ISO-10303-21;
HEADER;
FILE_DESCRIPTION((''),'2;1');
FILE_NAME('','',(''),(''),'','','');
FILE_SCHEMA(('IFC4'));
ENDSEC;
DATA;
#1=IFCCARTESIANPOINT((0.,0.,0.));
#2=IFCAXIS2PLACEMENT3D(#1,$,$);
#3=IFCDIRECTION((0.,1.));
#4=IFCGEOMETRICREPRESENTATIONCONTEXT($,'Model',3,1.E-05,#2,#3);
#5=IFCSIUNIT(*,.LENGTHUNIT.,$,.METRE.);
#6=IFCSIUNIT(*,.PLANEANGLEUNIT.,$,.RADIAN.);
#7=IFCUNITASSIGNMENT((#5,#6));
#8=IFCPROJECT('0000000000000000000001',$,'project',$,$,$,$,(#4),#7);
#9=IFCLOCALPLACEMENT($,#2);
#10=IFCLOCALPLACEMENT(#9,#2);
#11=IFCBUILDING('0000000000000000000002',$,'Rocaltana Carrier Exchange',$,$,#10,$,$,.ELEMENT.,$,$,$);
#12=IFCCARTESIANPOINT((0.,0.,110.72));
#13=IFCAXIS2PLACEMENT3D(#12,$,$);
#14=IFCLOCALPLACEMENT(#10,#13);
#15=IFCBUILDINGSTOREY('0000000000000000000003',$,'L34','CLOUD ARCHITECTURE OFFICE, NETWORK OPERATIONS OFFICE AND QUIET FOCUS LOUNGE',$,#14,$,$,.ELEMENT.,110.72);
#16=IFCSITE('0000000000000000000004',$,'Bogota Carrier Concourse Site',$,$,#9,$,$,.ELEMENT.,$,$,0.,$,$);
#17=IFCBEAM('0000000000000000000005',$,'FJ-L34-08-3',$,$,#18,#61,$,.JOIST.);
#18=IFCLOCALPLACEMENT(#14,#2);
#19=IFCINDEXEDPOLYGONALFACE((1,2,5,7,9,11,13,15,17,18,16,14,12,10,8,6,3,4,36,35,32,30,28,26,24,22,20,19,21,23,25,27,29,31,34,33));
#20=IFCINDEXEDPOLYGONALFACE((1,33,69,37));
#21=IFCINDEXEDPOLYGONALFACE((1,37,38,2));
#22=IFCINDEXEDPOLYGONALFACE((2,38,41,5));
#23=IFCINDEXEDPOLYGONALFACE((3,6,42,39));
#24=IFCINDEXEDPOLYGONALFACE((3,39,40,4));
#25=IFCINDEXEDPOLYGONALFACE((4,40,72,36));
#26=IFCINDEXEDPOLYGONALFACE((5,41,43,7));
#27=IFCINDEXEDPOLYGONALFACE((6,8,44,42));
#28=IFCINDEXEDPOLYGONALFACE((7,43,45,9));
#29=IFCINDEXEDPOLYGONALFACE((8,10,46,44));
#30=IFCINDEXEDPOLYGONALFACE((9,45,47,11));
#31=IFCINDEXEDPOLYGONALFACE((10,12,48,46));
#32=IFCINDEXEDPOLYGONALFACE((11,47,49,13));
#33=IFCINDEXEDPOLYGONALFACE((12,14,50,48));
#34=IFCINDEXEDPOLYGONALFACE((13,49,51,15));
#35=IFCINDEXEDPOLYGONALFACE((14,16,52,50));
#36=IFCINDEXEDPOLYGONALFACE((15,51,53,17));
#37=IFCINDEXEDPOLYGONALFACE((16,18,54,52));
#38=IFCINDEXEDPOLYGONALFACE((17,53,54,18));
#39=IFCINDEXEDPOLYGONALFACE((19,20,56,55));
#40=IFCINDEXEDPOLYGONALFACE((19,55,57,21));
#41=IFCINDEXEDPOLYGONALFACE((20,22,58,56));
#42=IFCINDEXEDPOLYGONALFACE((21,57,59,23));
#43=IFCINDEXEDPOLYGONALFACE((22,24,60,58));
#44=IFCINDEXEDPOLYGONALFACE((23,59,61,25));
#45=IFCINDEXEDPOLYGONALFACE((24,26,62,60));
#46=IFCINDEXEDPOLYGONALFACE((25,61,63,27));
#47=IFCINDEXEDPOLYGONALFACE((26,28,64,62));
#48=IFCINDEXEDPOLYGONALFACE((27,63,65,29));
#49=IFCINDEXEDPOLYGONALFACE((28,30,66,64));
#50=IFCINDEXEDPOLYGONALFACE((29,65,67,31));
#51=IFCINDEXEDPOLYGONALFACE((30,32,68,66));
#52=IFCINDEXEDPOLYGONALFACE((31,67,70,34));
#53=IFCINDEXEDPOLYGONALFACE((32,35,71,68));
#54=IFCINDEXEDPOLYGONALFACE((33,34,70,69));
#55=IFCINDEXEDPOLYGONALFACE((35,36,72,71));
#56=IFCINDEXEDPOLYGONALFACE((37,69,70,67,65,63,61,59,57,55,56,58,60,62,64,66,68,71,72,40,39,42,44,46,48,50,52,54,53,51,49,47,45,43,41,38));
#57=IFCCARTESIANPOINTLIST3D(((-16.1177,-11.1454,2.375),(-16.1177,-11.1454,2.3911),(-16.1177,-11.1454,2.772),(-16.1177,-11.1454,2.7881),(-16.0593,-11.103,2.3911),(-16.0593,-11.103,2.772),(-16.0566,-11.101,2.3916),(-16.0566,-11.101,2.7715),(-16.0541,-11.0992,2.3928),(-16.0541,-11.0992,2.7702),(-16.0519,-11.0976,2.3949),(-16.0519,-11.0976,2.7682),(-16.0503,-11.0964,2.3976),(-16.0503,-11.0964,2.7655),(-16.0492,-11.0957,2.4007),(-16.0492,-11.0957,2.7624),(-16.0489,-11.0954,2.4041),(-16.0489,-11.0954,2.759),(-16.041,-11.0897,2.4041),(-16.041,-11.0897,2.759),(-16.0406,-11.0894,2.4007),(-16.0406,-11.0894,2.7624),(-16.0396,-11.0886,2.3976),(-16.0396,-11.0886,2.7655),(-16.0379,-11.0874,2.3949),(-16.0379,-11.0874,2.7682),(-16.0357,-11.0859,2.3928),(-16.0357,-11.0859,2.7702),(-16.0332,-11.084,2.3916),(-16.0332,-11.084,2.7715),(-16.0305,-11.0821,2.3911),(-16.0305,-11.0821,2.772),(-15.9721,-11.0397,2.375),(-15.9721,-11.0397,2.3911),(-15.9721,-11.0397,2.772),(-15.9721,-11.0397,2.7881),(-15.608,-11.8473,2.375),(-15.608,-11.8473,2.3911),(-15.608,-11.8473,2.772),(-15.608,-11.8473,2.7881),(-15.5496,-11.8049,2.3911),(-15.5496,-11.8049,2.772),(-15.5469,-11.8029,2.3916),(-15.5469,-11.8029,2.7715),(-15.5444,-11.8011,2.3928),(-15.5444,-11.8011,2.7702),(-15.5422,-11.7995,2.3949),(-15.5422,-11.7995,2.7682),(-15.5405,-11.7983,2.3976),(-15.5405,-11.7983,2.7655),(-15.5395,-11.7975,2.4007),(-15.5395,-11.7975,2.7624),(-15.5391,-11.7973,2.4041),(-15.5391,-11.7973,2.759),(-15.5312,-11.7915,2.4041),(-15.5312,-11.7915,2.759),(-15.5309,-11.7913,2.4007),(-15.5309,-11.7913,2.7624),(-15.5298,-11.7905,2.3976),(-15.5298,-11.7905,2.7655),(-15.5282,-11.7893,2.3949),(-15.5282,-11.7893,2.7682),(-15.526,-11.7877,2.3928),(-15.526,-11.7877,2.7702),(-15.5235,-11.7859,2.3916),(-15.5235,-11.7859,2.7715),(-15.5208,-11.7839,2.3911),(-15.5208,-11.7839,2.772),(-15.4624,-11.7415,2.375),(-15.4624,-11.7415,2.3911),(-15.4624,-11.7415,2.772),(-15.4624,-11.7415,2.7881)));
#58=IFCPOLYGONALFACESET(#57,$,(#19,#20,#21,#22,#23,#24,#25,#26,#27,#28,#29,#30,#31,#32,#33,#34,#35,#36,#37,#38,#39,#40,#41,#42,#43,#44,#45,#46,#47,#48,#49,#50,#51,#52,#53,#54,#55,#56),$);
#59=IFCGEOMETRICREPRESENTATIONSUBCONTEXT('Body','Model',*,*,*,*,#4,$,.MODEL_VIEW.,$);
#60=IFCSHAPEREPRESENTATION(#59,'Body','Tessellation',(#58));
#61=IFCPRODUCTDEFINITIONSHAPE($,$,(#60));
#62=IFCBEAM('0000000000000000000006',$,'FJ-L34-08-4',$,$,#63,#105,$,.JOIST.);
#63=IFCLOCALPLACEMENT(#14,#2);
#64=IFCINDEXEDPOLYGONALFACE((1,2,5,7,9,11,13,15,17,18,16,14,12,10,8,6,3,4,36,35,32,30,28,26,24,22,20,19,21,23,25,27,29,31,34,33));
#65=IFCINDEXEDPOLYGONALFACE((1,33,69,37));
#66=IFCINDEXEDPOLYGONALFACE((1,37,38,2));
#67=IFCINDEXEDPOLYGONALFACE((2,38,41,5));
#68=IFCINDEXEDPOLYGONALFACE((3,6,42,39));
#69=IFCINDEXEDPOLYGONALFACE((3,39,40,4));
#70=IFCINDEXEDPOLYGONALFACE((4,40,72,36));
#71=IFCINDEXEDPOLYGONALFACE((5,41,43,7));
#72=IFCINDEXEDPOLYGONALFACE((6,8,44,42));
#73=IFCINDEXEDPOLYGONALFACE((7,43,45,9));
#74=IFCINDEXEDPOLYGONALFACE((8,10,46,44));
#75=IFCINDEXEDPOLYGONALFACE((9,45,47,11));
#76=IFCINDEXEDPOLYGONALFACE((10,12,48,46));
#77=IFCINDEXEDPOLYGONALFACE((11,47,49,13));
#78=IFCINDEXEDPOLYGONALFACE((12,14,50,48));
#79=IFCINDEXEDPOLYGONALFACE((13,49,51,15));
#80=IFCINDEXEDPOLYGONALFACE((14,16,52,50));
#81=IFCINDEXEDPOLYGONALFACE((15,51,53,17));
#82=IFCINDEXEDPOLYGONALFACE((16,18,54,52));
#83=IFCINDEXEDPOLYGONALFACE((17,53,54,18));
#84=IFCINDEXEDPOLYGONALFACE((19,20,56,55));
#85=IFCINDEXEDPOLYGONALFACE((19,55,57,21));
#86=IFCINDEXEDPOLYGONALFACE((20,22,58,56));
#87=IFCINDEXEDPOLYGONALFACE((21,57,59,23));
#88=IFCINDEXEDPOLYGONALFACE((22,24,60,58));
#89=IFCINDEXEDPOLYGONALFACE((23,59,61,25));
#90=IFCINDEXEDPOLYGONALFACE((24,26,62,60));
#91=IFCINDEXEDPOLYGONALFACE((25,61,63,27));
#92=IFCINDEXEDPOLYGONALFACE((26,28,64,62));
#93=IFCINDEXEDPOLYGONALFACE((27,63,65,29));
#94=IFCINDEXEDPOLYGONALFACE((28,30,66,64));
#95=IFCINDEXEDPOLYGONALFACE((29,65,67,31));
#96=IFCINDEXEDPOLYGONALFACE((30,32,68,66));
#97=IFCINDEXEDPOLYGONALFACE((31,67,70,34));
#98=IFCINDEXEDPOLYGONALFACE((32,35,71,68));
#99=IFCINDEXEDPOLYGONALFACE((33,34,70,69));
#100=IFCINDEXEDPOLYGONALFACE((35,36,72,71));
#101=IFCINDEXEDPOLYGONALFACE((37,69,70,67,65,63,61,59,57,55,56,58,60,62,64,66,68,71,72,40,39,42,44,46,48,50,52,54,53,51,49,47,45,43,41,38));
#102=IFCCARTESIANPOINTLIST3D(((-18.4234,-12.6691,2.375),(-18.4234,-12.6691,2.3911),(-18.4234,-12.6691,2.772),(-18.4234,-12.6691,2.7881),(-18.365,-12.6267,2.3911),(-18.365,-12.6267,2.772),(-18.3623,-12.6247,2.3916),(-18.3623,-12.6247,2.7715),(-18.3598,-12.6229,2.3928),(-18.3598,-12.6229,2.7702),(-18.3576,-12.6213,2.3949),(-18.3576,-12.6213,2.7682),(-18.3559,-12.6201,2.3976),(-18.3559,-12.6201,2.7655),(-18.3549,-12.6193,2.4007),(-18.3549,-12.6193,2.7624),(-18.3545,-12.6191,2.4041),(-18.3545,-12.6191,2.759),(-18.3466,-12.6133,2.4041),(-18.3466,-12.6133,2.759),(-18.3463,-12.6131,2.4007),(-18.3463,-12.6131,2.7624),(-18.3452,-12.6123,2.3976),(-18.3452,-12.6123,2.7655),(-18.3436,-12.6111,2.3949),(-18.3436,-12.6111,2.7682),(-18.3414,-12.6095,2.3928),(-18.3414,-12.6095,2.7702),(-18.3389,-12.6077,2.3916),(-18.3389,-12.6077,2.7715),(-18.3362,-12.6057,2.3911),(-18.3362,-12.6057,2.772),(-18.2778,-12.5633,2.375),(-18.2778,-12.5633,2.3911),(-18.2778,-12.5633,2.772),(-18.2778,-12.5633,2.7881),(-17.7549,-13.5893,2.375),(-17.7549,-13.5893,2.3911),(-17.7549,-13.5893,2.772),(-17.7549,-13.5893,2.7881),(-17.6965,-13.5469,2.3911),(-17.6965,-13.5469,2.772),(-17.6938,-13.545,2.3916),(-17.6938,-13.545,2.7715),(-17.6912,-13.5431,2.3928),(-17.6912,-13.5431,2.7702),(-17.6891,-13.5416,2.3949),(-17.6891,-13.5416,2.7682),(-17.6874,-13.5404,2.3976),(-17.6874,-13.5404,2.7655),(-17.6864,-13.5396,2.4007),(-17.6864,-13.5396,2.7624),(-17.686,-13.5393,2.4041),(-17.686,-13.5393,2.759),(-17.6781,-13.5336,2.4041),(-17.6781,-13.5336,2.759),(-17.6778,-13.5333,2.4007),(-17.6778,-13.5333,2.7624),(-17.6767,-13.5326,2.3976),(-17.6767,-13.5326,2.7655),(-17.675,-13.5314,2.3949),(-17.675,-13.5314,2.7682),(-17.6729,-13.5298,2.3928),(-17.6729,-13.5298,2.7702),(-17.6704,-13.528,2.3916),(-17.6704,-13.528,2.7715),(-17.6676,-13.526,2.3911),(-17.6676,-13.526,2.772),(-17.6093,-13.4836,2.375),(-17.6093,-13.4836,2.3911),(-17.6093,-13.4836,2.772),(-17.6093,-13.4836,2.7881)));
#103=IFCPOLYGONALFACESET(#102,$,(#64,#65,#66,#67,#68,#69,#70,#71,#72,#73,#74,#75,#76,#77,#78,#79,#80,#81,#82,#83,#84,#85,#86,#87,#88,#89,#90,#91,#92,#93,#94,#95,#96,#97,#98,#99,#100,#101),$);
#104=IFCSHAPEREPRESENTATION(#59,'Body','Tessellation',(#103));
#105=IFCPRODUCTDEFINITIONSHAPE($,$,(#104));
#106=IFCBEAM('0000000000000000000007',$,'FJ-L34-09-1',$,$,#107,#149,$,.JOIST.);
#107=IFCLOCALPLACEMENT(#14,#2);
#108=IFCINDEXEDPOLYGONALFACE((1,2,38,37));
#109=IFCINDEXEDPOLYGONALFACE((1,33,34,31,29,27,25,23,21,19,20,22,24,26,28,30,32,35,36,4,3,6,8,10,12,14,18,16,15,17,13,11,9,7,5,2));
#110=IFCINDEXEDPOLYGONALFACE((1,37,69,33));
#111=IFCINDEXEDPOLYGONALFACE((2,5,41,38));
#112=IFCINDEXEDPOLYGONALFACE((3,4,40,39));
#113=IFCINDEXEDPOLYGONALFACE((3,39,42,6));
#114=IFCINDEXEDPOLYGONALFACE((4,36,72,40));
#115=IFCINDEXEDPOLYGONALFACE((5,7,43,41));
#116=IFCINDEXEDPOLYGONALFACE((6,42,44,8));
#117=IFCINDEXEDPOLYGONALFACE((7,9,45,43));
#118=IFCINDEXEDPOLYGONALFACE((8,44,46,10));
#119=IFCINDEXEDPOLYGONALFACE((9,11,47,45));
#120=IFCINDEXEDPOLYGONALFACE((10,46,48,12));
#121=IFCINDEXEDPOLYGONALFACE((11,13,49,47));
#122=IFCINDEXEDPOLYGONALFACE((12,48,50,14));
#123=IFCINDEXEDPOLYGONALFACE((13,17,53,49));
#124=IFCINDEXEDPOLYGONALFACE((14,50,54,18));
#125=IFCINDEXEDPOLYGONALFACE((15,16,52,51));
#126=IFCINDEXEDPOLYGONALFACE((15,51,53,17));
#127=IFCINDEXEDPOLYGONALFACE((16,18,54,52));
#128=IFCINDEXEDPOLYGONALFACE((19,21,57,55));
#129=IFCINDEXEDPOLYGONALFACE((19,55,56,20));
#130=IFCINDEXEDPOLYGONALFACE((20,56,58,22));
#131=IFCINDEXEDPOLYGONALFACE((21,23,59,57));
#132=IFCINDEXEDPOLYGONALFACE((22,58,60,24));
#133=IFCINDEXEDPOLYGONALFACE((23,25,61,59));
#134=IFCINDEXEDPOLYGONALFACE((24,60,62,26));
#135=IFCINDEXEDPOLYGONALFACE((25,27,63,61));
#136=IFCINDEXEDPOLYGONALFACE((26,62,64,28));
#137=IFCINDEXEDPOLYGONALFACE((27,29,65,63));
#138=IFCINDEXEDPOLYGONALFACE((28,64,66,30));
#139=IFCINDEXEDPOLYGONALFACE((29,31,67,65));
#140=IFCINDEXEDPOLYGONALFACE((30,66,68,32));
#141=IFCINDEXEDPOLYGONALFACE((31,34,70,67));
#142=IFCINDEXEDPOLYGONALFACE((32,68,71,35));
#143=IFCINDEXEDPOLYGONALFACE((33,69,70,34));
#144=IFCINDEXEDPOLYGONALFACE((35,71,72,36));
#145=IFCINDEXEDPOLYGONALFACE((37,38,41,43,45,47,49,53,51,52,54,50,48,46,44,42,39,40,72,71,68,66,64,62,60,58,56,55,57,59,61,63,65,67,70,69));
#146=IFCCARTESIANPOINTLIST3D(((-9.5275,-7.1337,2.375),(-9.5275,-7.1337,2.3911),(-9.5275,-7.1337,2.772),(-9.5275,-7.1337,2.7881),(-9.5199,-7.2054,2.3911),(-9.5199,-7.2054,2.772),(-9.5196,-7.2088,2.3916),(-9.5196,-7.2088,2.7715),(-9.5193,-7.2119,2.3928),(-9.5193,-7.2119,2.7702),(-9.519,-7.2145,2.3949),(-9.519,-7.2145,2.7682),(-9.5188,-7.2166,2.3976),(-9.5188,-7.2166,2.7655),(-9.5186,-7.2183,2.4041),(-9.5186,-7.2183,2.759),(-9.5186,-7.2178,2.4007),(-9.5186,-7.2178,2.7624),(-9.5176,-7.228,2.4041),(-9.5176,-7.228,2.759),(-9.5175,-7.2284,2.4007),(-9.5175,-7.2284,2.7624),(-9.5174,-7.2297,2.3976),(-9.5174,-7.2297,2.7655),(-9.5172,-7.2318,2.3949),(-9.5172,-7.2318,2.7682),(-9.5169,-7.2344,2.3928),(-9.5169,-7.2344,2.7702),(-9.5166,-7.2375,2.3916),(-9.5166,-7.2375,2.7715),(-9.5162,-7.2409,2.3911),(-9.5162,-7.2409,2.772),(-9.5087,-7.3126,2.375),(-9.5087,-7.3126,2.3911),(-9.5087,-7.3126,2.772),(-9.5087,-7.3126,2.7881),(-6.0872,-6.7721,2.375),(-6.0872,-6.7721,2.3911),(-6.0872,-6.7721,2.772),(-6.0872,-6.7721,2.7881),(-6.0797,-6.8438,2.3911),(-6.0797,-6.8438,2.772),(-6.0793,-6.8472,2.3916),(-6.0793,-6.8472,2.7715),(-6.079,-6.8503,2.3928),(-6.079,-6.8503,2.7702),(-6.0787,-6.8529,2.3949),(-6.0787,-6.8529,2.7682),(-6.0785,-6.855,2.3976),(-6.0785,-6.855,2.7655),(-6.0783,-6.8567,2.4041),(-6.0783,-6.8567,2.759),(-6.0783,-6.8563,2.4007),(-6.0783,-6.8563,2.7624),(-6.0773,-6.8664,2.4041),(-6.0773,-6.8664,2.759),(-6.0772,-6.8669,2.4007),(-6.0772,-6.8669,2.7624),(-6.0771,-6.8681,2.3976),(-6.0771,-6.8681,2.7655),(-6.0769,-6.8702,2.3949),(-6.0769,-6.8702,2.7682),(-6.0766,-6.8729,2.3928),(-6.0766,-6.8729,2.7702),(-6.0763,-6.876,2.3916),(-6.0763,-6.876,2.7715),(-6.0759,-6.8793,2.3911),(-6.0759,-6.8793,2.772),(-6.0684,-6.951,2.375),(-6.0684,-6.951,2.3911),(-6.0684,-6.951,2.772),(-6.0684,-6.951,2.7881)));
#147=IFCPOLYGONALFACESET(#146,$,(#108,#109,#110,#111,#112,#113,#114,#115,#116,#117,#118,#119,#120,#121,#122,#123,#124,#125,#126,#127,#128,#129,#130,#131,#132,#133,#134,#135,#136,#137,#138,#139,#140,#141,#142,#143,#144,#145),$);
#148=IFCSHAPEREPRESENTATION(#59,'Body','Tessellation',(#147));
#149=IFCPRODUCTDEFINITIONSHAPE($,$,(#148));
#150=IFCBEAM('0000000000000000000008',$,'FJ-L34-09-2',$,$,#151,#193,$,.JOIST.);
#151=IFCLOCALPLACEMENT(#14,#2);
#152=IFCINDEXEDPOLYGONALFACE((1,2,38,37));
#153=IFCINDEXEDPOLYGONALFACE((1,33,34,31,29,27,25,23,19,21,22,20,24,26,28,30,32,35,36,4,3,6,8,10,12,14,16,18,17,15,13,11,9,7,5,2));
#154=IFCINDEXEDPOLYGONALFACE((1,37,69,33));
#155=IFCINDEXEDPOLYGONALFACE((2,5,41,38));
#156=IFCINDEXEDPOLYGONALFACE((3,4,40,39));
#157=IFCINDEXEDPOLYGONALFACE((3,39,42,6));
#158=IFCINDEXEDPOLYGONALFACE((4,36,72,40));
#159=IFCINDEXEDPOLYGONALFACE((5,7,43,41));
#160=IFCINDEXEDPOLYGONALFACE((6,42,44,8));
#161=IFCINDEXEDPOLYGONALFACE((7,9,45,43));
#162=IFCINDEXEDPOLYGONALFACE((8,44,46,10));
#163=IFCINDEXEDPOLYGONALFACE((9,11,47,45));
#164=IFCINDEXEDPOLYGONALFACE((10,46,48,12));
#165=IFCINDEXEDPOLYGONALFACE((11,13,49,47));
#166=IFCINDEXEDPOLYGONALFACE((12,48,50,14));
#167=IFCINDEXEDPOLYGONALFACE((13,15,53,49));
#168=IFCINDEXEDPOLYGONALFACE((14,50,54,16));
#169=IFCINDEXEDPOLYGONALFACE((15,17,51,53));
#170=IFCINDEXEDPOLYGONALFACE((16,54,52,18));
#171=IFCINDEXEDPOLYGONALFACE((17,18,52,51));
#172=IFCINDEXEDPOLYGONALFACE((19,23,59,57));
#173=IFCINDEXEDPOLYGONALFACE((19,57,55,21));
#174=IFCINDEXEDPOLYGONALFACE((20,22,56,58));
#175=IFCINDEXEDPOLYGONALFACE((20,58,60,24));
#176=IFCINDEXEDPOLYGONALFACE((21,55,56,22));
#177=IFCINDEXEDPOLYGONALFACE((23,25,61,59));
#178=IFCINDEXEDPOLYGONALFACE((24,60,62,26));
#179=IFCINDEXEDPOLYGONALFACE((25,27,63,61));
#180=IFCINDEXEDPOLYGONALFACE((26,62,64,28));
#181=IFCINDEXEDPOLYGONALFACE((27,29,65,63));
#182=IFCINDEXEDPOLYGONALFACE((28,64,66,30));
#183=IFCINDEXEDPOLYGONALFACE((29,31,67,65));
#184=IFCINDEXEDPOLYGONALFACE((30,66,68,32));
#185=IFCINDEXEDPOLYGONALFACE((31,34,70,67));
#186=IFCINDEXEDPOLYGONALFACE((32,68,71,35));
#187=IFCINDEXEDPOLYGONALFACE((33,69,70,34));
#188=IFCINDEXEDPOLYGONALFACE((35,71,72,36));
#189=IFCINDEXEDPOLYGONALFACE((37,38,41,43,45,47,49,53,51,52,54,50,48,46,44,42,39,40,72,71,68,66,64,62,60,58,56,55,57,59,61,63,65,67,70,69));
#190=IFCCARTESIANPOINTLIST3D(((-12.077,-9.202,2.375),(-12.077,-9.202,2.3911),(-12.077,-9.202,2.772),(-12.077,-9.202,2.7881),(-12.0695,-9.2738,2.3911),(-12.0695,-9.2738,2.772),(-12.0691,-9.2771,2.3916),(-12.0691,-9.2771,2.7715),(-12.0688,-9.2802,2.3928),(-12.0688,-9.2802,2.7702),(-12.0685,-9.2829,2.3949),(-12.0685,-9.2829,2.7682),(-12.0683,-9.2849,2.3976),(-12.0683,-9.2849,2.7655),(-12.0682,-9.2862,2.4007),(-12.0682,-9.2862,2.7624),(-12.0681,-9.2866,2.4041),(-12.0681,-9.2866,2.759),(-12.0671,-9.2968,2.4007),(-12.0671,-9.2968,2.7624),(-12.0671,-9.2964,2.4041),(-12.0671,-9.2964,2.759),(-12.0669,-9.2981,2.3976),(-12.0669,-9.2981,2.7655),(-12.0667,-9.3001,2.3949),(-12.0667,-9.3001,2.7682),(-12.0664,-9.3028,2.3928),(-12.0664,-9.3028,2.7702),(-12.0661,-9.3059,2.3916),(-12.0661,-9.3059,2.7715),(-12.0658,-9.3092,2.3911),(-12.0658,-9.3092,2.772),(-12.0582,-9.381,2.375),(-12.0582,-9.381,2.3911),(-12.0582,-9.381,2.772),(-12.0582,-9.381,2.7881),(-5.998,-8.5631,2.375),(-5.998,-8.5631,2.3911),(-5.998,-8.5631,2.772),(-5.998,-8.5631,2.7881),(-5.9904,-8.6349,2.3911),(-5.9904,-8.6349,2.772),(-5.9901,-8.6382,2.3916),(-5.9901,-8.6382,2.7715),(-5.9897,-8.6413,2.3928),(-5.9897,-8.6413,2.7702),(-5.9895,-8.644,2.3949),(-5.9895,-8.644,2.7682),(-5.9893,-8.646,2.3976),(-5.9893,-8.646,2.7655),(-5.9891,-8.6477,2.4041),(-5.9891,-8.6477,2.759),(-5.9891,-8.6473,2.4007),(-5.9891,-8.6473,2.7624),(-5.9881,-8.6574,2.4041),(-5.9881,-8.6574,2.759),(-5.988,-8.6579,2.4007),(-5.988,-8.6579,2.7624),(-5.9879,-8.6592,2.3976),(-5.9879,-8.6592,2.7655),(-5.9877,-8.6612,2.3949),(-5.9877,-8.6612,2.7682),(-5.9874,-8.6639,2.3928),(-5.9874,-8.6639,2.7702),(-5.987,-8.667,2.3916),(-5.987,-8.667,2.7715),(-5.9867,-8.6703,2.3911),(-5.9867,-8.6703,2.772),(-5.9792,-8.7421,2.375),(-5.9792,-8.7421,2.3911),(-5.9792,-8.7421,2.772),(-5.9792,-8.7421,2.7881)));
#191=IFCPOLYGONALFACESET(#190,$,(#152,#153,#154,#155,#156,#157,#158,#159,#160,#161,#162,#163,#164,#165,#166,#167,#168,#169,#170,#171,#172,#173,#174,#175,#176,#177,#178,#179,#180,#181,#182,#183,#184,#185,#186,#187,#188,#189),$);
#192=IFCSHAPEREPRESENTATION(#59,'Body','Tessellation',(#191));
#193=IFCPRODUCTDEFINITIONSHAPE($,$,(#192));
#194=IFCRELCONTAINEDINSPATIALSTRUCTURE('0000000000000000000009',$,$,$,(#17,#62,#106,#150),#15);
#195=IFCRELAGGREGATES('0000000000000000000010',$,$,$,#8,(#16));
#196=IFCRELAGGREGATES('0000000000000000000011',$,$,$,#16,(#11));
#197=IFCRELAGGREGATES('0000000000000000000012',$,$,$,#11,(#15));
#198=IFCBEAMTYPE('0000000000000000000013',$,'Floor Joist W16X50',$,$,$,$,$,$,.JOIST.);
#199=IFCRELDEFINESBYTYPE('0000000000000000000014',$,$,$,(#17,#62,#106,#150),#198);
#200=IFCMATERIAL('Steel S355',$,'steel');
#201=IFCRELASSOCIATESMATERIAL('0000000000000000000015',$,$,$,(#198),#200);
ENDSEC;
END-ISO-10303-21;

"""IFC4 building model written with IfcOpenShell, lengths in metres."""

from ifc_helpers import new_model, si_unit, direction, frame, origin, origin_2d, place, context, subcontext, project, spatial, i_section, extrude, material, material_profile, profile_set, type_object, element, save


model = new_model("IFC4")

# Units and contexts
model_context = context("Model", 3, precision=1e-05, world=origin(), true_north=direction((0.0, 1.0)))
body_context = subcontext(model_context, "Body", "Model", "MODEL_VIEW")
ifc_project = project(units=[si_unit("LENGTHUNIT", "METRE"), si_unit("PLANEANGLEUNIT", "RADIAN")], contexts=[model_context])

# Site, building, storey
site_placement = place(None, origin())
site = spatial("IfcSite", under=ifc_project, at=site_placement, Name="Bogota Carrier Concourse Site", CompositionType="ELEMENT", RefElevation=0.0)
building_placement = place(site_placement, origin())
building = spatial("IfcBuilding", under=site, at=building_placement, Name="Rocaltana Carrier Exchange", CompositionType="ELEMENT")
storey_placement = place(building_placement, frame((0.0, 0.0, 110.72)))
storey = spatial("IfcBuildingStorey", under=building, at=storey_placement, Name="L34", Description="CLOUD ARCHITECTURE OFFICE, NETWORK OPERATIONS OFFICE AND QUIET FOCUS LOUNGE", CompositionType="ELEMENT", Elevation=110.72)

# Beams
ifc_material_1 = material(Name="Steel S355", Category="steel")
ifc_material_profile_1 = material_profile(ifc_material_1, i_section(OverallWidth=0.1799, OverallDepth=0.4131, WebThickness=0.0098, FlangeThickness=0.0161, FilletRadius=0.0129, at=origin_2d()), Name="W16X50")
ifc_profile_set_1 = profile_set([ifc_material_profile_1], Name="Steel S355")
beam_type_1 = type_object("IfcBeamType", Name="Floor Joist W16X50", PredefinedType="JOIST", material=ifc_profile_set_1)
beam_1_placement = place(storey_placement, frame((-16.0449, -11.0925, 2.5815), z_axis=(0.587636, -0.809125, 0.0), x_axis=(0.809125, 0.587636, 0.0)))
element("IfcBeam", 1, at=beam_1_placement, inside=storey, type_object=beam_type_1, Name="FJ-L34-08-3", PredefinedType="JOIST", context=body_context, shape_type="SweptSolid", body=[
    extrude(i_section(OverallWidth=0.1799, OverallDepth=0.4131, WebThickness=0.0098, FlangeThickness=0.0161, FilletRadius=0.0129, at=origin_2d()), origin(), (0.0, 0.0, 1.0), 0.8674),
])
beam_2_placement = place(storey_placement, frame((-18.3506, -12.6162, 2.5815), z_axis=(0.587738, -0.809052, 0.0), x_axis=(0.809052, 0.587738, 0.0)))
element("IfcBeam", 2, at=beam_2_placement, inside=storey, type_object=beam_type_1, Name="FJ-L34-08-4", PredefinedType="JOIST", context=body_context, shape_type="SweptSolid", body=[
    extrude(i_section(OverallWidth=0.1799, OverallDepth=0.4131, WebThickness=0.0098, FlangeThickness=0.0161, FilletRadius=0.0129, at=origin_2d()), origin(), (0.0, 0.0, 1.0), 1.1375),
])
beam_3_placement = place(storey_placement, frame((-9.5181, -7.2231, 2.5815), z_axis=(0.994522, 0.104527, 0.0), x_axis=(-0.104527, 0.994522, 0.0)))
element("IfcBeam", 3, at=beam_3_placement, inside=storey, type_object=beam_type_1, Name="FJ-L34-09-1", PredefinedType="JOIST", context=body_context, shape_type="SweptSolid", body=[
    extrude(i_section(OverallWidth=0.1799, OverallDepth=0.4131, WebThickness=0.0098, FlangeThickness=0.0161, FilletRadius=0.0129, at=origin_2d()), origin(), (0.0, 0.0, 1.0), 3.4592),
])
beam_4_placement = place(storey_placement, frame((-12.0676, -9.2915, 2.5815), z_axis=(0.994522, 0.104525, 0.0), x_axis=(-0.104525, 0.994522, 0.0)))
element("IfcBeam", 4, at=beam_4_placement, inside=storey, type_object=beam_type_1, Name="FJ-L34-09-2", PredefinedType="JOIST", context=body_context, shape_type="SweptSolid", body=[
    extrude(i_section(OverallWidth=0.1799, OverallDepth=0.4131, WebThickness=0.0098, FlangeThickness=0.0161, FilletRadius=0.0129, at=origin_2d()), origin(), (0.0, 0.0, 1.0), 6.1125),
])

save(model, "model.ifc")
